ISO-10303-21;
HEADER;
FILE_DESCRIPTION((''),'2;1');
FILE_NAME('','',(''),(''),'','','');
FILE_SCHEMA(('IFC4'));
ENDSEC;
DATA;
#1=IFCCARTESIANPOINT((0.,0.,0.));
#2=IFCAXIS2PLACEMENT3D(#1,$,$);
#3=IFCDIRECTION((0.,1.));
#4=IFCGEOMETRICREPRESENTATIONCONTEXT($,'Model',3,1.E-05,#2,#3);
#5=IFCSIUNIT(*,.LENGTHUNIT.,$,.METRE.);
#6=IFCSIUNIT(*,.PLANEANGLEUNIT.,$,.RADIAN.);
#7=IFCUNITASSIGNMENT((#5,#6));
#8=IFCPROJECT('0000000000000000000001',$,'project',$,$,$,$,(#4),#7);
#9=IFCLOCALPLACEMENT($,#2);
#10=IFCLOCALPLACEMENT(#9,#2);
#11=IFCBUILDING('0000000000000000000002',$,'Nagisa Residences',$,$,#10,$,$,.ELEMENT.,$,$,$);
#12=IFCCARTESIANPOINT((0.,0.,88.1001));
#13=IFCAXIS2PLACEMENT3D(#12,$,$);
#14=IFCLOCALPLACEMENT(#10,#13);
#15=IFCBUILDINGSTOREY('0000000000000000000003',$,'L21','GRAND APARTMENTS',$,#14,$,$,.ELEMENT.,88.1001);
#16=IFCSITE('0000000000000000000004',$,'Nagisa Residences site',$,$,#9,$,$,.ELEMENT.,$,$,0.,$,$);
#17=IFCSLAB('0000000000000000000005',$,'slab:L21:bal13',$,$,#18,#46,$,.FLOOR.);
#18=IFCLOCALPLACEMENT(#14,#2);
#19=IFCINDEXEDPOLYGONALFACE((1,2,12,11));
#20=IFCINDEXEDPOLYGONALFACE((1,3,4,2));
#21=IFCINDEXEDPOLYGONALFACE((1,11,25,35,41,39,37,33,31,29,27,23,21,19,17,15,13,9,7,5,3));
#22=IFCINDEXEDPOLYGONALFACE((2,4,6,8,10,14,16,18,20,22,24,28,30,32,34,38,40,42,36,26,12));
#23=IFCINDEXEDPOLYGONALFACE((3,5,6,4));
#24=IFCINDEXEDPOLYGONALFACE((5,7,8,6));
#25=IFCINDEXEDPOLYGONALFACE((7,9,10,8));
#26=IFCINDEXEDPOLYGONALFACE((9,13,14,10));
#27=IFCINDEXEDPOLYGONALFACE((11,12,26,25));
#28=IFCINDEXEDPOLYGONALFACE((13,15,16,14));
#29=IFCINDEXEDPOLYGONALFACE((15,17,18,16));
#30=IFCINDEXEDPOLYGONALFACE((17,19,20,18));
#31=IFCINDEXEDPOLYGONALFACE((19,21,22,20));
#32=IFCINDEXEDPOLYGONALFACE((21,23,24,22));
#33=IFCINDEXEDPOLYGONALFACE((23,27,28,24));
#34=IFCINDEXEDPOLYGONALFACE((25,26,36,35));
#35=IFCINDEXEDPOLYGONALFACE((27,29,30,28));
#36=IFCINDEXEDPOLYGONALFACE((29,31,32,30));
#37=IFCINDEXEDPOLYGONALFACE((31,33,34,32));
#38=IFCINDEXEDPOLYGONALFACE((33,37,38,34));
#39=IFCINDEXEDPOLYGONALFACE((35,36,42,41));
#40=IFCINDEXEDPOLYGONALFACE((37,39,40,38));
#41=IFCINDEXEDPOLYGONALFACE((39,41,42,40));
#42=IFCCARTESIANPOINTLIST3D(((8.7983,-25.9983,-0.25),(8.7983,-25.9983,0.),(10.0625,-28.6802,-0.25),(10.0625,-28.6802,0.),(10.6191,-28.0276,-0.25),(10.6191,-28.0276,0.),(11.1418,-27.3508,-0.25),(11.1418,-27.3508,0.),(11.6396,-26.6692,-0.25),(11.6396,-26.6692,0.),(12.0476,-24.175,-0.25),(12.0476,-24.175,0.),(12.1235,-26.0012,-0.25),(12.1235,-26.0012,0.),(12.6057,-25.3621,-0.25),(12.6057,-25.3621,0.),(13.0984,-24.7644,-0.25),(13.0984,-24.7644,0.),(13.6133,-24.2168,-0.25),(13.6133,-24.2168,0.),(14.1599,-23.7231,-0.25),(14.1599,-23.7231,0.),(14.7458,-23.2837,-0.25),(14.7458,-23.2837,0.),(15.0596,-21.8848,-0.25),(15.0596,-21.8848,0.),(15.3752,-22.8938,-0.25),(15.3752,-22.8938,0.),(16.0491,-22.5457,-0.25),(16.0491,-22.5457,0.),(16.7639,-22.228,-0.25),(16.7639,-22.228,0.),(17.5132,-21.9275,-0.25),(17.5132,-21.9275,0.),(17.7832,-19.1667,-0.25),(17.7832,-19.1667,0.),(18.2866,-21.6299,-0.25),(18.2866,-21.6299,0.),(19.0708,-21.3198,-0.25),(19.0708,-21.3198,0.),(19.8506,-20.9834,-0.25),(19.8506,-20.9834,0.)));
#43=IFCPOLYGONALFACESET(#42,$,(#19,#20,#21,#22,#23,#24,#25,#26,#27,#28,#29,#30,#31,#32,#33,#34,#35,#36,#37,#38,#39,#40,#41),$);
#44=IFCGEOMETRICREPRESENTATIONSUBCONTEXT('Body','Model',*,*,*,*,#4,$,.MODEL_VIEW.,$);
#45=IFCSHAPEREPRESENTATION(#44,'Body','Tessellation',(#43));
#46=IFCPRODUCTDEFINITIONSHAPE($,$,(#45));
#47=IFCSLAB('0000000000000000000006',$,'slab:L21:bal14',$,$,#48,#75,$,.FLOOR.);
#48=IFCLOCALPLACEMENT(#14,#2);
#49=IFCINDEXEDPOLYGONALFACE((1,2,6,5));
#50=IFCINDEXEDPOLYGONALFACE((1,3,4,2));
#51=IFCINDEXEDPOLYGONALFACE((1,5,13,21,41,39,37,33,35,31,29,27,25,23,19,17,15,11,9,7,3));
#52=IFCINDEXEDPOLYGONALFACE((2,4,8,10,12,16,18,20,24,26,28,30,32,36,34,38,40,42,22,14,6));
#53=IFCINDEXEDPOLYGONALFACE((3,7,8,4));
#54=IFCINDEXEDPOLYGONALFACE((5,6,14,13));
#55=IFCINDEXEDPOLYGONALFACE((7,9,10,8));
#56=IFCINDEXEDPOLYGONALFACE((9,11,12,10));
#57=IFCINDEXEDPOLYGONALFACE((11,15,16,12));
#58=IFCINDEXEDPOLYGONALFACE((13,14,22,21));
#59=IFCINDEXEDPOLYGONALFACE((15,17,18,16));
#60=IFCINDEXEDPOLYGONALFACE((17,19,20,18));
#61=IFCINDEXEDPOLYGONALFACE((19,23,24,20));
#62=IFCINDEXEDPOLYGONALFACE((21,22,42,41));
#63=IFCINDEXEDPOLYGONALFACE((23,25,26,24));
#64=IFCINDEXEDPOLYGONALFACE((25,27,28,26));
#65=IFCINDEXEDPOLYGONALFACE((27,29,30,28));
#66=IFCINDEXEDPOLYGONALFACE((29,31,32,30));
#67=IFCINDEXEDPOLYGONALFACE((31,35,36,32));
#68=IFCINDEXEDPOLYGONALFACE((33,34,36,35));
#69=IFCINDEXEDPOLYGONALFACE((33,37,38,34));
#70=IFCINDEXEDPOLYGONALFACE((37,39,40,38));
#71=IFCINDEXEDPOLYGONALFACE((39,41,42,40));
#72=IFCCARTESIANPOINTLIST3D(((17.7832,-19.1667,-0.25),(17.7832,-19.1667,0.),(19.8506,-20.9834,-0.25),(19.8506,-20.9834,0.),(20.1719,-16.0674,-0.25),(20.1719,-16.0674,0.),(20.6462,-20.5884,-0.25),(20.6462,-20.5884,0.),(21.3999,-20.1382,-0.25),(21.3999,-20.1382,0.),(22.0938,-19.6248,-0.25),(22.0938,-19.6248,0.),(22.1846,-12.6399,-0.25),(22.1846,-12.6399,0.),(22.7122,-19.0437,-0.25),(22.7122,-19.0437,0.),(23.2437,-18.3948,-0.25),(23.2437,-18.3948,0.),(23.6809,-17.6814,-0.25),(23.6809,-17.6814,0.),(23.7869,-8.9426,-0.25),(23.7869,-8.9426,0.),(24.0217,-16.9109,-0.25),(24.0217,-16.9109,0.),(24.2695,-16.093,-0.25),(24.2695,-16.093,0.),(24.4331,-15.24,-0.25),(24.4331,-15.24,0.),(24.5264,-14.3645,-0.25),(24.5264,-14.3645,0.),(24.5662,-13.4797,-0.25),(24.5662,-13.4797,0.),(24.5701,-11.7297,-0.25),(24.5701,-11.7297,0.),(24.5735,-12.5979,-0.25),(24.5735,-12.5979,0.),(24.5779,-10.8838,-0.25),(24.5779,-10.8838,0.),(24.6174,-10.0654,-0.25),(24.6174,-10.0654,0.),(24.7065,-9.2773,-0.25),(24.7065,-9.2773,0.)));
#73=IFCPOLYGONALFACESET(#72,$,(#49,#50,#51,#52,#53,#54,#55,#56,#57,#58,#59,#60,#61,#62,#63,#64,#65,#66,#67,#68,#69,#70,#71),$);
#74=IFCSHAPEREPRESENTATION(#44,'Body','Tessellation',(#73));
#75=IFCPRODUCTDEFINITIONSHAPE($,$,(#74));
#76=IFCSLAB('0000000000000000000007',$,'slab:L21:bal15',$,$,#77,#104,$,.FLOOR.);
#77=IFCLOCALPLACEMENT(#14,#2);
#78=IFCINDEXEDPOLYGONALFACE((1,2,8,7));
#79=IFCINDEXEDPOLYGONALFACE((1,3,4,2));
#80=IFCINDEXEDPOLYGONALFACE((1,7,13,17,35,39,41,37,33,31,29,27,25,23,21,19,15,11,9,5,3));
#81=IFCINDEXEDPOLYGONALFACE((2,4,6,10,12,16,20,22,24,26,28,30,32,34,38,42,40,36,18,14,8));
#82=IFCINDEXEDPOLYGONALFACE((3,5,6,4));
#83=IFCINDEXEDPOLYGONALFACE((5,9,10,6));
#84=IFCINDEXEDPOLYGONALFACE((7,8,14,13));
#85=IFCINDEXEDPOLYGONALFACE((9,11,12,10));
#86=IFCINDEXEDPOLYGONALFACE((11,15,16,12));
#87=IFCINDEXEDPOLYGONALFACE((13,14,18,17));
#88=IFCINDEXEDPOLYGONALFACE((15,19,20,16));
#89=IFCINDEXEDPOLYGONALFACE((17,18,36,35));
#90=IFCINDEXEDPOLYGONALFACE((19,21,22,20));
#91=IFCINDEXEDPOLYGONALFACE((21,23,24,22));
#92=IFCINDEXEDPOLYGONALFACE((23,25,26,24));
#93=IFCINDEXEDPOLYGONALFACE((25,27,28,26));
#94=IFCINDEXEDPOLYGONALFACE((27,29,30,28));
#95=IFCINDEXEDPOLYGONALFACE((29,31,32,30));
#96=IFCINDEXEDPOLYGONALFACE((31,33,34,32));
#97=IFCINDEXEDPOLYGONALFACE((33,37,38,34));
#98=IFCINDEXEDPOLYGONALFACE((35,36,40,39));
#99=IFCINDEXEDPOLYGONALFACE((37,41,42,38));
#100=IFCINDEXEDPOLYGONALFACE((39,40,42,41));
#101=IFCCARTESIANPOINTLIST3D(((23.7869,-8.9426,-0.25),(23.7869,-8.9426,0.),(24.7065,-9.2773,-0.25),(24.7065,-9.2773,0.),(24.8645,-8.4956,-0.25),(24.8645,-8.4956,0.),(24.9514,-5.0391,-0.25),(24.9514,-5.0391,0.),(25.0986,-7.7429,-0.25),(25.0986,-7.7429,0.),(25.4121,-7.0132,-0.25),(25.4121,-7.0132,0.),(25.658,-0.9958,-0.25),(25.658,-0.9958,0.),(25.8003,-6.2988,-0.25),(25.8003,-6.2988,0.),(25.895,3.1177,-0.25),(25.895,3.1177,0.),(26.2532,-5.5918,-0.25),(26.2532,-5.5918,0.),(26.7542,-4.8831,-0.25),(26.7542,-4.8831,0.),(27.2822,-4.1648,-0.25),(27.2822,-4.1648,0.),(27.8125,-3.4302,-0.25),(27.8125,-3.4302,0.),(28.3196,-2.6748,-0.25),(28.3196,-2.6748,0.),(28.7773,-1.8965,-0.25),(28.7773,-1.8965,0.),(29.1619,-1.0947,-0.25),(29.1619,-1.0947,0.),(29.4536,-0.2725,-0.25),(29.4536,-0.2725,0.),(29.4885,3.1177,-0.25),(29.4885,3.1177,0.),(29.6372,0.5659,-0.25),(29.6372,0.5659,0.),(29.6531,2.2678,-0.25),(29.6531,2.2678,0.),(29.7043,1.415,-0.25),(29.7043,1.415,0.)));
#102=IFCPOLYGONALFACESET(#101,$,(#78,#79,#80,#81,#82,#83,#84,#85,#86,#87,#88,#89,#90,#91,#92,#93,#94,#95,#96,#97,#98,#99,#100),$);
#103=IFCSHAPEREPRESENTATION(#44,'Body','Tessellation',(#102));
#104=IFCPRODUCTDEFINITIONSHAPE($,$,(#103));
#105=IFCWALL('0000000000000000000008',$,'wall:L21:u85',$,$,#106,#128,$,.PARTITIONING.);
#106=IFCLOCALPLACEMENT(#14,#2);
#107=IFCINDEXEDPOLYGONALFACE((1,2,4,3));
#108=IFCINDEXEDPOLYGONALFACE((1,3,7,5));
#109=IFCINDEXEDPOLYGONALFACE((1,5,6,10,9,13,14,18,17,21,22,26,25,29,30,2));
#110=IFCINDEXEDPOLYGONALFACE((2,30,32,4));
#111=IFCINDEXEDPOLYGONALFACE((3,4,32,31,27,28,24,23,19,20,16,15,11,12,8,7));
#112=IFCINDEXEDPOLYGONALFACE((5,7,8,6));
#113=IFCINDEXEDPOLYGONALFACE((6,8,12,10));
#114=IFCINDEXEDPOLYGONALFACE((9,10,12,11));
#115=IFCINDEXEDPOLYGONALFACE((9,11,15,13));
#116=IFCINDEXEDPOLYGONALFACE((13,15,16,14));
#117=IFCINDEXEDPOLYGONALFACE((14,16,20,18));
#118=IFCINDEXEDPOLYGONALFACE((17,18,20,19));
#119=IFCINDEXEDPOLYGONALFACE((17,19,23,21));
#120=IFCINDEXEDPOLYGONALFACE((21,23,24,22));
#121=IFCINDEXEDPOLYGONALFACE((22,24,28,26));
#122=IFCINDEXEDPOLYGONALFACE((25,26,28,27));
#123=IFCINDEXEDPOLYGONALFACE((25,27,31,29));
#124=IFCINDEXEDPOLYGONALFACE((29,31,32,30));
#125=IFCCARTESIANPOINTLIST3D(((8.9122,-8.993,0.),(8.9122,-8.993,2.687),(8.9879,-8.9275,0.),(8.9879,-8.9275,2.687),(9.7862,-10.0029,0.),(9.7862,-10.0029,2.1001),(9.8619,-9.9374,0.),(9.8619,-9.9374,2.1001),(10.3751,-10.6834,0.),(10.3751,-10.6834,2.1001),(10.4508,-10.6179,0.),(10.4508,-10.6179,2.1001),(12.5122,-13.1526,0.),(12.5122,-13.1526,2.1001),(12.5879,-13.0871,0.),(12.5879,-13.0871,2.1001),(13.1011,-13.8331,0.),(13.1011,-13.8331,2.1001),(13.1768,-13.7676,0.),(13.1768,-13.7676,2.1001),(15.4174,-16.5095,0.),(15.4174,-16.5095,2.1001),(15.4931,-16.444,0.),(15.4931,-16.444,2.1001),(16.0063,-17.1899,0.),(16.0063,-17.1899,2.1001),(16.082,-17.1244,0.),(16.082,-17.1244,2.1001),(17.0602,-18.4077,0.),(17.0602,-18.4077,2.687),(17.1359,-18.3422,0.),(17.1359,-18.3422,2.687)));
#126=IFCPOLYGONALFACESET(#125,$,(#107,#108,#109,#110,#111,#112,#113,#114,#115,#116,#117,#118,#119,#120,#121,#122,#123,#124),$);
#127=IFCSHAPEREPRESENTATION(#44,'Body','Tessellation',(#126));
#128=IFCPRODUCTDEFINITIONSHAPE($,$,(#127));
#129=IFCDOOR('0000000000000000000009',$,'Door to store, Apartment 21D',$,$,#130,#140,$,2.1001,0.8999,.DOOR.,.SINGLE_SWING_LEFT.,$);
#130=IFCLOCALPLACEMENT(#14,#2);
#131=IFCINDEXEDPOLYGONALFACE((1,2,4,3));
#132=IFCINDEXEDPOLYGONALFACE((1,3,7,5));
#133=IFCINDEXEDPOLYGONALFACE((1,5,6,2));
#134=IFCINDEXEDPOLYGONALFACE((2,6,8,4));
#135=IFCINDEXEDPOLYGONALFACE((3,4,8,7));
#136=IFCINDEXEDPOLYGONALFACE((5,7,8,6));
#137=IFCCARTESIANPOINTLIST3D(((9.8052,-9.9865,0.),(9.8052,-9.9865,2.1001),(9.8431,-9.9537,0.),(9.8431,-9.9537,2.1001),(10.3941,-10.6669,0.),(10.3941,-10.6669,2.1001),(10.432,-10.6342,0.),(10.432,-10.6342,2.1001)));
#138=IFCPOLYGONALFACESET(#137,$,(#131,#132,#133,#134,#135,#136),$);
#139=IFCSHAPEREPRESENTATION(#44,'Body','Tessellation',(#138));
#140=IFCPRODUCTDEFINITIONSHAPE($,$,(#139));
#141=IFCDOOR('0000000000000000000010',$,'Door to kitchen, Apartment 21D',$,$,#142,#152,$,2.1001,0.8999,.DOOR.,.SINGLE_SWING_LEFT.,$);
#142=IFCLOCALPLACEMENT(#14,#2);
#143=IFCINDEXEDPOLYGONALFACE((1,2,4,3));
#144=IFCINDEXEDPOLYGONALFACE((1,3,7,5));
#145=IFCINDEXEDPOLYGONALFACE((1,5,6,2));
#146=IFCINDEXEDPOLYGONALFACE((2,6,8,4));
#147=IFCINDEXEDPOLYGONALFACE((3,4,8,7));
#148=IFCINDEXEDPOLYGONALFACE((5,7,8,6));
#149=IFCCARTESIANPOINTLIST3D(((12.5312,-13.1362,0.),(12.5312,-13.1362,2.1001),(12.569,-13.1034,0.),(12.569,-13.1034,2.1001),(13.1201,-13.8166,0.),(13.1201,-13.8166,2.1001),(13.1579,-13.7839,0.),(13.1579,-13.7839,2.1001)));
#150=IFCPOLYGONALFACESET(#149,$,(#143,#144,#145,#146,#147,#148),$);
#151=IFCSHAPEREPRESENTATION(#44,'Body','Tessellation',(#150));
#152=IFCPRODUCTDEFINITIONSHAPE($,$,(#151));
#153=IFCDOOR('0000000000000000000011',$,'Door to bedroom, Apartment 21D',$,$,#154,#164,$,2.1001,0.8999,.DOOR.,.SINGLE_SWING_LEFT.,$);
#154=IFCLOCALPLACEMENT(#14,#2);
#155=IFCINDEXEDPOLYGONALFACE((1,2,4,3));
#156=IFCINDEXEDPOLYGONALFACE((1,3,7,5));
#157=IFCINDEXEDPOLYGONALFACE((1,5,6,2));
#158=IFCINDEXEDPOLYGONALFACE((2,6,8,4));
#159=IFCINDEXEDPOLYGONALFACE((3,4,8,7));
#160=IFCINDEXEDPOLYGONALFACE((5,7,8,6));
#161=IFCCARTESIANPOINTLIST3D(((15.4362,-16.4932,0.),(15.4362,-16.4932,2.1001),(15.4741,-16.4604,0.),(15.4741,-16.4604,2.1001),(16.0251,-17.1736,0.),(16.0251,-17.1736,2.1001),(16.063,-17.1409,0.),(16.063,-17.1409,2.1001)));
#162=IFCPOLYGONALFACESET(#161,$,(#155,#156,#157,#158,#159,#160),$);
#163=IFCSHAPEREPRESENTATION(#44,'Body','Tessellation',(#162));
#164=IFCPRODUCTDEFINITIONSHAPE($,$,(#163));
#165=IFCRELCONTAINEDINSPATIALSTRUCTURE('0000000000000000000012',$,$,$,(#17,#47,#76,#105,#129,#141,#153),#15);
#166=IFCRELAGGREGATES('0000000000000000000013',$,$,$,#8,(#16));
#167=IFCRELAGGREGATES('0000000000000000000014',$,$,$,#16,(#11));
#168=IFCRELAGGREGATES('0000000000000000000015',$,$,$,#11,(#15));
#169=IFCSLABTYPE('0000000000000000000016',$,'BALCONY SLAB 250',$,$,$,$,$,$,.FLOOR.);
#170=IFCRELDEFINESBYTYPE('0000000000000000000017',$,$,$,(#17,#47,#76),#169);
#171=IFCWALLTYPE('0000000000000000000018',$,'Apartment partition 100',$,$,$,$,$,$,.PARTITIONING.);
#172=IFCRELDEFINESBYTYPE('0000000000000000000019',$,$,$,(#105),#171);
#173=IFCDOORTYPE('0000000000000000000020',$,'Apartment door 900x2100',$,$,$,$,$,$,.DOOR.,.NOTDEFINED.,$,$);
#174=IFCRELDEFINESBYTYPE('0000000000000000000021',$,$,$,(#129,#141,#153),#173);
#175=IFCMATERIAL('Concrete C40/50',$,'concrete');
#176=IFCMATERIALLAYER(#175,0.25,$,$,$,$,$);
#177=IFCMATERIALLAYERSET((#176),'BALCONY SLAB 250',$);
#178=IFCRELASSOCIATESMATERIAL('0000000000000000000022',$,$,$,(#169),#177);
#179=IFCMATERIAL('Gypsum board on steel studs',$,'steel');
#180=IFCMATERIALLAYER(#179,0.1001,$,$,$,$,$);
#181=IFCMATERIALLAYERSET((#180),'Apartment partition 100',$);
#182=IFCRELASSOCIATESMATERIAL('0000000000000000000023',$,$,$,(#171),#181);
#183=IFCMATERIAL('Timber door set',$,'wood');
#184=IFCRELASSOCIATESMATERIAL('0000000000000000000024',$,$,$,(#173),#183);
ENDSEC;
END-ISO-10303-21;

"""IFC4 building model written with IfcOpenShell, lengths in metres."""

from ifc_helpers import new_model, si_unit, direction, frame, frame_2d, origin, place, context, subcontext, project, spatial, polyline, rectangle, outline, extrude, material, layer, layer_set, type_object, element, fill, save


model = new_model("IFC4")

# Units and contexts
model_context = context("Model", 3, precision=1e-05, world=origin(), true_north=direction((0.0, 1.0)))
body_context = subcontext(model_context, "Body", "Model", "MODEL_VIEW")
ifc_project = project(units=[si_unit("LENGTHUNIT", "METRE"), si_unit("PLANEANGLEUNIT", "RADIAN")], contexts=[model_context])

# Site, building, storey
site_placement = place(None, origin())
site = spatial("IfcSite", under=ifc_project, at=site_placement, Name="Nagisa Residences site", CompositionType="ELEMENT", RefElevation=0.0)
building_placement = place(site_placement, origin())
building = spatial("IfcBuilding", under=site, at=building_placement, Name="Nagisa Residences", CompositionType="ELEMENT")
storey_placement = place(building_placement, frame((0.0, 0.0, 88.1001)))
storey = spatial("IfcBuildingStorey", under=building, at=storey_placement, Name="L21", Description="GRAND APARTMENTS", CompositionType="ELEMENT", Elevation=88.1001)

# Slabs
ifc_material_1 = material(Name="Concrete C40/50", Category="concrete")
ifc_layer_1 = layer(ifc_material_1, 0.25)
ifc_layer_set_1 = layer_set([ifc_layer_1], Name="BALCONY SLAB 250")
slab_type = type_object("IfcSlabType", Name="BALCONY SLAB 250", PredefinedType="FLOOR", material=ifc_layer_set_1)
slab_1_placement = place(storey_placement, frame((0.0, 0.0, -0.25)))
element("IfcSlab", 1, at=slab_1_placement, inside=storey, type_object=slab_type, Name="slab:L21:bal13", PredefinedType="FLOOR", context=body_context, shape_type="SweptSolid", body=[
    extrude(outline(polyline([(10.0625, -28.6802), (10.6191, -28.0276), (11.1418, -27.3508), (11.6396, -26.6692), (12.1235, -26.0012), (12.6057, -25.3621), (13.0984, -24.7644), (13.6133, -24.2168), (14.1599, -23.7231), (14.7458, -23.2837), (15.3752, -22.8938), (16.0491, -22.5457), (16.7639, -22.228), (17.5132, -21.9275), (18.2866, -21.6299), (19.0708, -21.3198), (19.8506, -20.9834), (17.7832, -19.1667), (15.0596, -21.8848), (12.0476, -24.175), (8.7983, -25.9983), (10.0625, -28.6802)])), origin(), (0.0, 0.0, 1.0), 0.25),
])
slab_2_placement = place(storey_placement, frame((0.0, 0.0, -0.25)))
element("IfcSlab", 2, at=slab_2_placement, inside=storey, type_object=slab_type, Name="slab:L21:bal14", PredefinedType="FLOOR", context=body_context, shape_type="SweptSolid", body=[
    extrude(outline(polyline([(19.8506, -20.9834), (20.6462, -20.5884), (21.3999, -20.1382), (22.0938, -19.6248), (22.7122, -19.0437), (23.2437, -18.3948), (23.6809, -17.6814), (24.0217, -16.9109), (24.2695, -16.093), (24.4331, -15.24), (24.5264, -14.3645), (24.5662, -13.4797), (24.5735, -12.5979), (24.5701, -11.7297), (24.5779, -10.8838), (24.6174, -10.0654), (24.7065, -9.2773), (23.7869, -8.9426), (22.1846, -12.6399), (20.1719, -16.0674), (17.7832, -19.1667), (19.8506, -20.9834)])), origin(), (0.0, 0.0, 1.0), 0.25),
])
slab_3_placement = place(storey_placement, frame((0.0, 0.0, -0.25)))
element("IfcSlab", 3, at=slab_3_placement, inside=storey, type_object=slab_type, Name="slab:L21:bal15", PredefinedType="FLOOR", context=body_context, shape_type="SweptSolid", body=[
    extrude(outline(polyline([(24.7065, -9.2773), (24.8645, -8.4956), (25.0986, -7.7429), (25.4121, -7.0132), (25.8003, -6.2988), (26.2532, -5.5918), (26.7542, -4.8831), (27.2822, -4.1648), (27.8125, -3.4302), (28.3196, -2.6748), (28.7773, -1.8965), (29.1619, -1.0947), (29.4536, -0.2725), (29.6372, 0.5659), (29.7043, 1.415), (29.6531, 2.2678), (29.4885, 3.1177), (25.895, 3.1177), (25.658, -0.9958), (24.9514, -5.0391), (23.7869, -8.9426), (24.7065, -9.2773)])), origin(), (0.0, 0.0, 1.0), 0.25),
])

# Wall, openings, doors
ifc_material_2 = material(Name="Gypsum board on steel studs", Category="steel")
ifc_layer_2 = layer(ifc_material_2, 0.1001)
ifc_layer_set_2 = layer_set([ifc_layer_2], Name="Apartment partition 100")
wall_type_1 = type_object("IfcWallType", Name="Apartment partition 100", PredefinedType="PARTITIONING", material=ifc_layer_set_2)
wall_1_placement = place(storey_placement, frame((8.95, -8.9602, 0.0), z_axis=(0.0, 0.0, 1.0), x_axis=(0.654411, -0.756139, 0.0)))
wall_1 = element("IfcWall", 4, at=wall_1_placement, inside=storey, type_object=wall_type_1, Name="wall:L21:u85", PredefinedType="PARTITIONING", context=body_context, shape_type="SweptSolid", body=[
    extrude(rectangle(XDim=12.4509, YDim=0.1001, at=frame_2d((6.2256, 0.0))), origin(), (0.0, 0.0, 1.0), 2.687),
])
opening_1_placement = place(wall_1_placement, frame((1.3357, 0.0, 0.0)))
opening_1 = element("IfcOpeningElement", 5, at=opening_1_placement, cuts=wall_1, PredefinedType="OPENING", context=body_context, shape_type="SweptSolid", body=[
    extrude(rectangle(XDim=0.8999, YDim=2.1001, at=frame_2d((0.45, 1.05))), frame((0.0, 0.0601, 0.0), z_axis=(0.0, -1.0, 0.0), x_axis=(1.0, 0.0, 0.0)), (0.0, 0.0, 1.0), 0.1201),
])
opening_2_placement = place(wall_1_placement, frame((5.5012, 0.0, 0.0)))
opening_2 = element("IfcOpeningElement", 6, at=opening_2_placement, cuts=wall_1, PredefinedType="OPENING", context=body_context, shape_type="SweptSolid", body=[
    extrude(rectangle(XDim=0.8999, YDim=2.1001, at=frame_2d((0.45, 1.05))), frame((0.0, 0.0601, 0.0), z_axis=(0.0, -1.0, 0.0), x_axis=(1.0, 0.0, 0.0)), (0.0, 0.0, 1.0), 0.1201),
])
opening_3_placement = place(wall_1_placement, frame((9.9407, 0.0, 0.0)))
opening_3 = element("IfcOpeningElement", 7, at=opening_3_placement, cuts=wall_1, PredefinedType="OPENING", context=body_context, shape_type="SweptSolid", body=[
    extrude(rectangle(XDim=0.8999, YDim=2.1001, at=frame_2d((0.45, 1.05))), frame((0.0, 0.0601, 0.0), z_axis=(0.0, -1.0, 0.0), x_axis=(1.0, 0.0, 0.0)), (0.0, 0.0, 1.0), 0.1201),
])
ifc_material_3 = material(Name="Timber door set", Category="wood")
door_type_1 = type_object("IfcDoorType", Name="Apartment door 900x2100", OperationType="NOTDEFINED", PredefinedType="DOOR", material=ifc_material_3)
door_1_placement = place(opening_1_placement, frame((0.8999, 0.0, 0.0), x_axis=(-1.0, 0.0, 0.0)))
door_1 = element("IfcDoor", 8, at=door_1_placement, inside=storey, type_object=door_type_1, Name="Door to store, Apartment 21D", OperationType="SINGLE_SWING_LEFT", OverallHeight=2.1001, OverallWidth=0.8999, PredefinedType="DOOR", context=body_context, shape_type="SweptSolid", body=[
    extrude(rectangle(XDim=0.8999, YDim=2.1001, at=frame_2d((0.45, 1.05))), frame((0.0, 0.0249, 0.0), z_axis=(0.0, -1.0, 0.0), x_axis=(1.0, 0.0, 0.0)), (0.0, 0.0, 1.0), 0.05),
])
fill(opening_1, door_1)
door_2_placement = place(opening_2_placement, frame((0.8999, 0.0, 0.0), x_axis=(-1.0, 0.0, 0.0)))
door_2 = element("IfcDoor", 9, at=door_2_placement, inside=storey, type_object=door_type_1, Name="Door to kitchen, Apartment 21D", OperationType="SINGLE_SWING_LEFT", OverallHeight=2.1001, OverallWidth=0.8999, PredefinedType="DOOR", context=body_context, shape_type="SweptSolid", body=[
    extrude(rectangle(XDim=0.8999, YDim=2.1001, at=frame_2d((0.45, 1.05))), frame((0.0, 0.0249, 0.0), z_axis=(0.0, -1.0, 0.0), x_axis=(1.0, 0.0, 0.0)), (0.0, 0.0, 1.0), 0.05),
])
fill(opening_2, door_2)
door_3_placement = place(opening_3_placement, origin())
door_3 = element("IfcDoor", 10, at=door_3_placement, inside=storey, type_object=door_type_1, Name="Door to bedroom, Apartment 21D", OperationType="SINGLE_SWING_LEFT", OverallHeight=2.1001, OverallWidth=0.8999, PredefinedType="DOOR", context=body_context, shape_type="SweptSolid", body=[
    extrude(rectangle(XDim=0.8999, YDim=2.1001, at=frame_2d((0.45, 1.05))), frame((0.0, 0.0249, 0.0), z_axis=(0.0, -1.0, 0.0), x_axis=(1.0, 0.0, 0.0)), (0.0, 0.0, 1.0), 0.05),
])
fill(opening_3, door_3)

save(model, "model.ifc")
